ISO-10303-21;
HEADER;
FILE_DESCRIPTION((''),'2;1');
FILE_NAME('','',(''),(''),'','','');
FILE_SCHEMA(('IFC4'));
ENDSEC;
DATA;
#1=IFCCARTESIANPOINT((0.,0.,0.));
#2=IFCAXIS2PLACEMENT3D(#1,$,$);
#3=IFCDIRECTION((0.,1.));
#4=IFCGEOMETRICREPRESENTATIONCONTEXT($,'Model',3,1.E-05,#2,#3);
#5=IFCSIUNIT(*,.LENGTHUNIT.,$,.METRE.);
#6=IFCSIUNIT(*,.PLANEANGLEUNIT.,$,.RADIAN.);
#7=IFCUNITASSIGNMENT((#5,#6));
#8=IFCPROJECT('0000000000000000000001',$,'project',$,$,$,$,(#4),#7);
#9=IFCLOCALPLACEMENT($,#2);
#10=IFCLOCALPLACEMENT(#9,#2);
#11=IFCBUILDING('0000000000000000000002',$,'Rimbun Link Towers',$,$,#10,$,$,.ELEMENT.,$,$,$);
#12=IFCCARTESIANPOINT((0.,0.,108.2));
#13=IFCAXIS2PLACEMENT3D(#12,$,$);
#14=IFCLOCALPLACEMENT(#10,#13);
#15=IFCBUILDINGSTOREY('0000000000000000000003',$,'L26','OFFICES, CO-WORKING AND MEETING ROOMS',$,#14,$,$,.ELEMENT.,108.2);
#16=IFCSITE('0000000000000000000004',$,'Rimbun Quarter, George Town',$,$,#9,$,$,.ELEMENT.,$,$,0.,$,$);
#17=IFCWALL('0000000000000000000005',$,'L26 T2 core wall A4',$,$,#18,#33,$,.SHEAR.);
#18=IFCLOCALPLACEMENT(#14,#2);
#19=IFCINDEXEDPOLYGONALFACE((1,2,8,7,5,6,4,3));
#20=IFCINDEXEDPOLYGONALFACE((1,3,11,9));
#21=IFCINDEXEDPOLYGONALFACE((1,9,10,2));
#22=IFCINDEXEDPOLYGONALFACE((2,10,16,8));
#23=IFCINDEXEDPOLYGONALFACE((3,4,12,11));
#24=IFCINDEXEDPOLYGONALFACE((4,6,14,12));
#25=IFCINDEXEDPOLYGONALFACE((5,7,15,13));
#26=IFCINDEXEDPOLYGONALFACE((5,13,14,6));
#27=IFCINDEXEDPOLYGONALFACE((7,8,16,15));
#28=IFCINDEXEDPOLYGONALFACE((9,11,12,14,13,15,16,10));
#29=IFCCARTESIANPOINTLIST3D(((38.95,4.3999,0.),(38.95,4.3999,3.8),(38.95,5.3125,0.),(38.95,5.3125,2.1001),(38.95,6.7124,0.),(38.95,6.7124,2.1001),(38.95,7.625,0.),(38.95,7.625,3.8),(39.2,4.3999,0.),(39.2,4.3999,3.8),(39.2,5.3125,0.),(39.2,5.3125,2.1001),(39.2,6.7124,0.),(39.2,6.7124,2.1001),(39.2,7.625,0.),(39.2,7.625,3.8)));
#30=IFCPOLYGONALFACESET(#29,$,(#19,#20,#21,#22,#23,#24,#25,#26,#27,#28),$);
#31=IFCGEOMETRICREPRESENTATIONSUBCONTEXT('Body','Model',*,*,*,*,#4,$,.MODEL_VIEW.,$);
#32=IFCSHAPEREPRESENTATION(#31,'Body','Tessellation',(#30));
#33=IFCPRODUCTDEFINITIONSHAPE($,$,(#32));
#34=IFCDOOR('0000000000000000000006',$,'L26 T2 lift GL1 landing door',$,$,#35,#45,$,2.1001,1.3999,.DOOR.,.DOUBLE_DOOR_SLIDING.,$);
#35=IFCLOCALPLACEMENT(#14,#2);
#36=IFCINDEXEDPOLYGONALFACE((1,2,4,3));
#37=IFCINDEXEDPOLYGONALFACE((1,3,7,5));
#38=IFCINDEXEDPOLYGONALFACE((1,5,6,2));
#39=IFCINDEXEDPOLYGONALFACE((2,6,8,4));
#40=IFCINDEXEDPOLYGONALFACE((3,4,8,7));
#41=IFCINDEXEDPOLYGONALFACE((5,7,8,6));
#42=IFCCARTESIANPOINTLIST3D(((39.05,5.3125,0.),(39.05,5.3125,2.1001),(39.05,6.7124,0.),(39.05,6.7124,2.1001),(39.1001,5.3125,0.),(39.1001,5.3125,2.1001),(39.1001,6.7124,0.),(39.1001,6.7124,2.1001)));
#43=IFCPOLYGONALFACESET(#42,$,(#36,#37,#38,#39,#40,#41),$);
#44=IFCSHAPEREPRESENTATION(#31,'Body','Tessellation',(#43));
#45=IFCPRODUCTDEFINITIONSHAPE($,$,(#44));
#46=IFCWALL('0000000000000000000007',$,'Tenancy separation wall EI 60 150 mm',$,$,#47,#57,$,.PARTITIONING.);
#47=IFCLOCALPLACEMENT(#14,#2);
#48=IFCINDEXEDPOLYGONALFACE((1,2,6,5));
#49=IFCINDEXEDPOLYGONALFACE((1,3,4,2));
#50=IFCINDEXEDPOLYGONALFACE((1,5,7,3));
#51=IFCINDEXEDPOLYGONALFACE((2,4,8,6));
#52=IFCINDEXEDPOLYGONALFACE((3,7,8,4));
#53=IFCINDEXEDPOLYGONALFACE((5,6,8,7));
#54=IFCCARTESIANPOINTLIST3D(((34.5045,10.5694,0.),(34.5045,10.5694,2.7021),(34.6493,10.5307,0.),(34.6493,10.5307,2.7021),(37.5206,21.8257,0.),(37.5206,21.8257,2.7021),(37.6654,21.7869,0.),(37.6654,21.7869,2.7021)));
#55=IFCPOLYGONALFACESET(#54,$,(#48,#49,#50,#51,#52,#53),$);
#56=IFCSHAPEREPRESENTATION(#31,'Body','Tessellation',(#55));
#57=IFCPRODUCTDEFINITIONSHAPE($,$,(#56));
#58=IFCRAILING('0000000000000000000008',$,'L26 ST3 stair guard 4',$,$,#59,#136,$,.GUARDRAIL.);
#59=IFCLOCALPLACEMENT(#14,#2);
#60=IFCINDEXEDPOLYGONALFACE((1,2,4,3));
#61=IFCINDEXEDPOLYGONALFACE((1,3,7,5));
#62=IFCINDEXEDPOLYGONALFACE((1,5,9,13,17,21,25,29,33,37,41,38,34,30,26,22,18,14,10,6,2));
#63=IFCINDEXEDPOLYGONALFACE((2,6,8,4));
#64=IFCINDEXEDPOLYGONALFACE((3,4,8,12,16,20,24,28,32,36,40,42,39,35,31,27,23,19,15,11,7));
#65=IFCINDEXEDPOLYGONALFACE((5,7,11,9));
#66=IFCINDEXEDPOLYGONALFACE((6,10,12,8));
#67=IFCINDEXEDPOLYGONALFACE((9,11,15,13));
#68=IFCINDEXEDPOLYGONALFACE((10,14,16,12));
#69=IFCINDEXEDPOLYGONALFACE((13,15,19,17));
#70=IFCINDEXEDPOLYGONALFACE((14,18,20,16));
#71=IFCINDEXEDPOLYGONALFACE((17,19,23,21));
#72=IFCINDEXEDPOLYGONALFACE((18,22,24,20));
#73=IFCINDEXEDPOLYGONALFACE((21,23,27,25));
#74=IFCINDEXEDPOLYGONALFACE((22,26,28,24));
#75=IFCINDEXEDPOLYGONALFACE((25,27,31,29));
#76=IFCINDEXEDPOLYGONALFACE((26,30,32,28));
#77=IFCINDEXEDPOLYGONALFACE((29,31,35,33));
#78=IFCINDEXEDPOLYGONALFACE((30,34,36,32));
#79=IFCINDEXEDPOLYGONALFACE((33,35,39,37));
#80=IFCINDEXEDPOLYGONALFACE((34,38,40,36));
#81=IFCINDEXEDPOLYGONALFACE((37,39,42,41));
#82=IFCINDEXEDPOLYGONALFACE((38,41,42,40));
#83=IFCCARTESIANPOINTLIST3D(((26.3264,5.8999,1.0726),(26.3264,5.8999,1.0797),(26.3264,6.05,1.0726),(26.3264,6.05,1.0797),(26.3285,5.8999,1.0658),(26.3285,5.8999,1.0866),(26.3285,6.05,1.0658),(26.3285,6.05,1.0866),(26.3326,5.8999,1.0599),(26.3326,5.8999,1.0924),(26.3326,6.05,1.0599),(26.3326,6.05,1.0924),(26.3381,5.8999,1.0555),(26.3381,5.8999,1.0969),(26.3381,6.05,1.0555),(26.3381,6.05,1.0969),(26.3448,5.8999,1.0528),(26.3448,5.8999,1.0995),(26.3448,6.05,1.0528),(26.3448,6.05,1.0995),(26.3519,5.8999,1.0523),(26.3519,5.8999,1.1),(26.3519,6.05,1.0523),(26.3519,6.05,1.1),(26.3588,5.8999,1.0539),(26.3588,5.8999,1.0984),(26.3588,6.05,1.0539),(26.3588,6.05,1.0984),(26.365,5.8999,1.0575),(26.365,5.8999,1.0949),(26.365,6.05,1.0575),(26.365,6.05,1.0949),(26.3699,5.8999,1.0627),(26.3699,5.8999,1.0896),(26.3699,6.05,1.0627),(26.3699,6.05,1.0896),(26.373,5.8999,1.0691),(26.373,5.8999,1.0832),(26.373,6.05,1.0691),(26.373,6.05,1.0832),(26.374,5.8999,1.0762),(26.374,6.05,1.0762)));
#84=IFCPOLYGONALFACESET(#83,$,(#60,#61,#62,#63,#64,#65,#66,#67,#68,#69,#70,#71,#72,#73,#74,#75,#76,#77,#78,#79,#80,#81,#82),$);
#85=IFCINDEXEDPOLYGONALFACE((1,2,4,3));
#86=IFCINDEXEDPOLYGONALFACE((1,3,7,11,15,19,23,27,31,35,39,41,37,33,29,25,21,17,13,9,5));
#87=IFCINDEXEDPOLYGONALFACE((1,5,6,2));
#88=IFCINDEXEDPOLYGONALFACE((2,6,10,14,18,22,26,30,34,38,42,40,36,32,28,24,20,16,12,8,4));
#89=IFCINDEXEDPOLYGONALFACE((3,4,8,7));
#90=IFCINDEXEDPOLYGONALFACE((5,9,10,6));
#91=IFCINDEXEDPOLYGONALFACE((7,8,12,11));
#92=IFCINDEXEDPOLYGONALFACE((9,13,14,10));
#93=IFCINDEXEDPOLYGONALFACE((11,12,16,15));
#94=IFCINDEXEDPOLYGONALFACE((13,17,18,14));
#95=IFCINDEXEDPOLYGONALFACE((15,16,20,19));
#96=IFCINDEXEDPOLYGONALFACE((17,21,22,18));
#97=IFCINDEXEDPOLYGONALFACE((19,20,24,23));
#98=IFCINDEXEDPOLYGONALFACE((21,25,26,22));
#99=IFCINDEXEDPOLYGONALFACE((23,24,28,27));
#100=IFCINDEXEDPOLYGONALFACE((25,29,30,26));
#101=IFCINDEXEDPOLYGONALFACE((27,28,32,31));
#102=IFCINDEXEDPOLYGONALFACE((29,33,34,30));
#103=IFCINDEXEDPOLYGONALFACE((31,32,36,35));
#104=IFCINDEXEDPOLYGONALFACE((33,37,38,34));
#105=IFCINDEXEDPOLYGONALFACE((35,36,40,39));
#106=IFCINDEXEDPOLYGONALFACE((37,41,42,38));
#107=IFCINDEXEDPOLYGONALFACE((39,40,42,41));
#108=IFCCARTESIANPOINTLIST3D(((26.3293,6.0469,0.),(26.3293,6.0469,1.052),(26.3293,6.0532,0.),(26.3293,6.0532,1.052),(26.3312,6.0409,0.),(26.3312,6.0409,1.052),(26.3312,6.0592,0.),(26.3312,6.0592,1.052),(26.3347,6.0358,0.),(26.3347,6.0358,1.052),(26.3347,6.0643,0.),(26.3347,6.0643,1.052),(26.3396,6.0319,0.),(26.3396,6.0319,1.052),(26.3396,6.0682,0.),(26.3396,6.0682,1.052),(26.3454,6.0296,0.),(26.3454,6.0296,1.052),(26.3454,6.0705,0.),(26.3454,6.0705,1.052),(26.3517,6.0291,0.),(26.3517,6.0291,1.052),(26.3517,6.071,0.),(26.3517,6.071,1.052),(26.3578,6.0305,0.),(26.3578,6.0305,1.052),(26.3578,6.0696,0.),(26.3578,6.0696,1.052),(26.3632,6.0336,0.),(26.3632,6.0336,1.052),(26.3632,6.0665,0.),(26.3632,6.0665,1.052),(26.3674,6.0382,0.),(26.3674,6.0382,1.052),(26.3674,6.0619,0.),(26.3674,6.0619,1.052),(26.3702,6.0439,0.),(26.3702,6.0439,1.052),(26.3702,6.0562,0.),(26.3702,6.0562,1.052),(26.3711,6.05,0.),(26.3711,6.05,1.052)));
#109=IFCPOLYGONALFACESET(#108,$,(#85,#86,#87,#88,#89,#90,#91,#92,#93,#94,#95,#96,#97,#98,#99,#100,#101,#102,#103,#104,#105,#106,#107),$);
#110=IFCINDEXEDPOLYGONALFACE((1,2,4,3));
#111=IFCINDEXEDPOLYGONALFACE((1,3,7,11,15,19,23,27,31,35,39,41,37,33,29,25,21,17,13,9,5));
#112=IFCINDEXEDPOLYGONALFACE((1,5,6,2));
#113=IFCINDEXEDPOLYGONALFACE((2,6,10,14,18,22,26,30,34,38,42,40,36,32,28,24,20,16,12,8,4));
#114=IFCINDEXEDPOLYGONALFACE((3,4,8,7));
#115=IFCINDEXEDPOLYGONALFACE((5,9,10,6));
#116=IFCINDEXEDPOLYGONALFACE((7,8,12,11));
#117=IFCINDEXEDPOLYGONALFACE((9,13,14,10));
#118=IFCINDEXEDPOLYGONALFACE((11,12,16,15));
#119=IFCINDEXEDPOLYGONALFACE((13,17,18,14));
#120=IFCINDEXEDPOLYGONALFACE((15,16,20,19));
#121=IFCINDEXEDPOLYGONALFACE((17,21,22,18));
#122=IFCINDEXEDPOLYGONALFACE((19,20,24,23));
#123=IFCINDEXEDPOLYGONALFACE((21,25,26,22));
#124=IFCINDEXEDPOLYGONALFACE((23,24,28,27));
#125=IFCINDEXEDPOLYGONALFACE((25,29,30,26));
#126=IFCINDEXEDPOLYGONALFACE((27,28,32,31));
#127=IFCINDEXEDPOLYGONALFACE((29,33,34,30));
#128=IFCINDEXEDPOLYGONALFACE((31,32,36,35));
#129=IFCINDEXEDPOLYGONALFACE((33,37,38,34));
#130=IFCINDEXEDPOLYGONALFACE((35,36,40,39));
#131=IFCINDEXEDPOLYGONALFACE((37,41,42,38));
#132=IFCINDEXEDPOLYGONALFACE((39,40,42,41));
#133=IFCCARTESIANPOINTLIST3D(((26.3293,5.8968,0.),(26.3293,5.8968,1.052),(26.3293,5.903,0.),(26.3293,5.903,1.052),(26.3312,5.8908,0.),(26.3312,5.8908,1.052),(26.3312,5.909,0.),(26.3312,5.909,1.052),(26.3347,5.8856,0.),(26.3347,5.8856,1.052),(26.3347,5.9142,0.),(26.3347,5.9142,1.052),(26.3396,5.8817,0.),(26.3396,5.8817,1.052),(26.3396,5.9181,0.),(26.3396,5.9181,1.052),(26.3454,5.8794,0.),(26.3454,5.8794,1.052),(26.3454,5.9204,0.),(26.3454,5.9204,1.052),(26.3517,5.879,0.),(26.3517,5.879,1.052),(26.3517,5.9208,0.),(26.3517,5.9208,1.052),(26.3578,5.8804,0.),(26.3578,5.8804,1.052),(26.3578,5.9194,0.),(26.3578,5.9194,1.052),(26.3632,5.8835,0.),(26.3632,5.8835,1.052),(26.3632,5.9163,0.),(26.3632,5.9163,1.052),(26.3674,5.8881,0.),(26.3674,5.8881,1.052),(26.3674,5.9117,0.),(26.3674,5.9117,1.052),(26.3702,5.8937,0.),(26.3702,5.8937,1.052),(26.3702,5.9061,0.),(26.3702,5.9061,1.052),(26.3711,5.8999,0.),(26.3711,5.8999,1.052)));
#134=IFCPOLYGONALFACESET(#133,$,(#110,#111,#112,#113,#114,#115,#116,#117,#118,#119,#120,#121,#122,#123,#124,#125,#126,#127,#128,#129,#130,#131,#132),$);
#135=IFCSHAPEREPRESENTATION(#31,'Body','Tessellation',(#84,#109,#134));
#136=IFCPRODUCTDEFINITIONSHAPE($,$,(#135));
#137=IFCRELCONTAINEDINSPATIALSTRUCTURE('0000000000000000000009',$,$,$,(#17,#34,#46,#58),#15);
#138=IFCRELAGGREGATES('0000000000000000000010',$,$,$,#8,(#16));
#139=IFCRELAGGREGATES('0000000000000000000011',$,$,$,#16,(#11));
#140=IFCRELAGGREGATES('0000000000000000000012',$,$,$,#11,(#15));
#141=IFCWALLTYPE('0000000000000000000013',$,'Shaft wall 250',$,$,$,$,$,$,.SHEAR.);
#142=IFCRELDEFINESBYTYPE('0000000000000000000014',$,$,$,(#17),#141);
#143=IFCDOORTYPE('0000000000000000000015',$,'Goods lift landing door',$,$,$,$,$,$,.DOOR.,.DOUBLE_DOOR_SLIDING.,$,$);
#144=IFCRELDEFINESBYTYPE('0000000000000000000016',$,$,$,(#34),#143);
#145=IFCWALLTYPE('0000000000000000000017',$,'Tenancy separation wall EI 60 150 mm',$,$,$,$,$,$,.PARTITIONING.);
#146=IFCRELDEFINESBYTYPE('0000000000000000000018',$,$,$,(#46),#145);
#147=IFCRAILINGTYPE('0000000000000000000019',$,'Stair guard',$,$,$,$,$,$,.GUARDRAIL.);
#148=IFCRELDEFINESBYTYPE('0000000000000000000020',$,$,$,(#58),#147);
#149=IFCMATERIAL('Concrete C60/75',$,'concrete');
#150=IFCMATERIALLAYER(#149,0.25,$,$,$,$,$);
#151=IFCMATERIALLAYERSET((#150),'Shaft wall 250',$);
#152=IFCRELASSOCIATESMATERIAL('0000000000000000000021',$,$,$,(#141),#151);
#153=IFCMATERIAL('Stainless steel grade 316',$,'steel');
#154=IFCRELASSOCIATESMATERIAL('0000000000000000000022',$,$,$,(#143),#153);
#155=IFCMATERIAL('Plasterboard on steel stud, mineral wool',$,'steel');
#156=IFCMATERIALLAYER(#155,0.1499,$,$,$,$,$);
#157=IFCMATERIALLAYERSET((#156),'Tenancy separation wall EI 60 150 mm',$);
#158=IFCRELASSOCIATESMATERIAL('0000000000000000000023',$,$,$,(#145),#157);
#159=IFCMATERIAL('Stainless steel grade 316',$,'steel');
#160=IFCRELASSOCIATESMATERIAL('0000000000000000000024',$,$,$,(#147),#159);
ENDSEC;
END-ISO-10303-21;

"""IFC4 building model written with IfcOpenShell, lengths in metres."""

from ifc_helpers import new_model, si_unit, direction, frame, frame_2d, origin, origin_2d, place, context, subcontext, project, spatial, rectangle, circle, extrude, material, layer, layer_set, type_object, element, fill, save


model = new_model("IFC4")

# Units and contexts
model_context = context("Model", 3, precision=1e-05, world=origin(), true_north=direction((0.0, 1.0)))
body_context = subcontext(model_context, "Body", "Model", "MODEL_VIEW")
ifc_project = project(units=[si_unit("LENGTHUNIT", "METRE"), si_unit("PLANEANGLEUNIT", "RADIAN")], contexts=[model_context])

# Site, building, storey
site_placement = place(None, origin())
site = spatial("IfcSite", under=ifc_project, at=site_placement, Name="Rimbun Quarter, George Town", CompositionType="ELEMENT", RefElevation=0.0)
building_placement = place(site_placement, origin())
building = spatial("IfcBuilding", under=site, at=building_placement, Name="Rimbun Link Towers", CompositionType="ELEMENT")
storey_placement = place(building_placement, frame((0.0, 0.0, 108.2)))
storey = spatial("IfcBuildingStorey", under=building, at=storey_placement, Name="L26", Description="OFFICES, CO-WORKING AND MEETING ROOMS", CompositionType="ELEMENT", Elevation=108.2)

# Shared definitions
ifc_material_1 = material(Name="Concrete C60/75", Category="concrete")
ifc_layer_1 = layer(ifc_material_1, 0.25)
ifc_layer_set_1 = layer_set([ifc_layer_1], Name="Shaft wall 250")
wall_type_1 = type_object("IfcWallType", Name="Shaft wall 250", PredefinedType="SHEAR", material=ifc_layer_set_1)

# Wall, opening, door
wall_1_placement = place(storey_placement, frame((39.075, 4.3999, 0.0), z_axis=(0.0, 0.0, 1.0), x_axis=(0.0, 1.0, 0.0)))
wall_1 = element("IfcWall", 1, at=wall_1_placement, inside=storey, type_object=wall_type_1, Name="L26 T2 core wall A4", PredefinedType="SHEAR", context=body_context, shape_type="SweptSolid", body=[
    extrude(rectangle(XDim=3.2251, YDim=0.25, at=frame_2d((1.6125, 0.0))), origin(), (0.0, 0.0, 1.0), 3.8),
])
opening_1_placement = place(wall_1_placement, frame((0.9126, 0.0, 0.0)))
opening_1 = element("IfcOpeningElement", 2, at=opening_1_placement, cuts=wall_1, PredefinedType="OPENING", context=body_context, shape_type="SweptSolid", body=[
    extrude(rectangle(XDim=1.3999, YDim=2.1001, at=frame_2d((0.7, 1.05))), frame((0.0, 0.135, 0.0), z_axis=(0.0, -1.0, 0.0), x_axis=(1.0, 0.0, 0.0)), (0.0, 0.0, 1.0), 0.27),
])
ifc_material_2 = material(Name="Stainless steel grade 316", Category="steel")
door_type_1 = type_object("IfcDoorType", Name="Goods lift landing door", OperationType="DOUBLE_DOOR_SLIDING", PredefinedType="DOOR", material=ifc_material_2)
door_1_placement = place(opening_1_placement, origin())
door_1 = element("IfcDoor", 3, at=door_1_placement, inside=storey, type_object=door_type_1, Name="L26 T2 lift GL1 landing door", OperationType="DOUBLE_DOOR_SLIDING", OverallHeight=2.1001, OverallWidth=1.3999, PredefinedType="DOOR", context=body_context, shape_type="SweptSolid", body=[
    extrude(rectangle(XDim=1.3999, YDim=2.1001, at=frame_2d((0.7, 1.05))), frame((0.0, 0.0249, 0.0), z_axis=(0.0, -1.0, 0.0), x_axis=(1.0, 0.0, 0.0)), (0.0, 0.0, 1.0), 0.05),
])
fill(opening_1, door_1)

# Wall
ifc_material_3 = material(Name="Plasterboard on steel stud, mineral wool", Category="steel")
ifc_layer_2 = layer(ifc_material_3, 0.1499)
ifc_layer_set_2 = layer_set([ifc_layer_2], Name="Tenancy separation wall EI 60 150 mm")
wall_type_2 = type_object("IfcWallType", Name="Tenancy separation wall EI 60 150 mm", PredefinedType="PARTITIONING", material=ifc_layer_set_2)
wall_2_placement = place(storey_placement, frame((34.5769, 10.55, 0.0), z_axis=(0.0, 0.0, 1.0), x_axis=(0.258818, 0.965926, 0.0)))
element("IfcWall", 4, at=wall_2_placement, inside=storey, type_object=wall_type_2, Name="Tenancy separation wall EI 60 150 mm", PredefinedType="PARTITIONING", context=body_context, shape_type="SweptSolid", body=[
    extrude(rectangle(XDim=11.6533, YDim=0.1499, at=frame_2d((5.8267, 0.0))), origin(), (0.0, 0.0, 1.0), 2.7021),
])

# Railing
ifc_material_4 = material(Name="Stainless steel grade 316", Category="steel")
railing_type = type_object("IfcRailingType", Name="Stair guard", PredefinedType="GUARDRAIL", material=ifc_material_4)
railing_placement = place(storey_placement, frame((26.3501, 6.05, 0.0)))
element("IfcRailing", 5, at=railing_placement, inside=storey, type_object=railing_type, Name="L26 ST3 stair guard 4", PredefinedType="GUARDRAIL", context=body_context, shape_type="SweptSolid", body=[
    extrude(circle(Radius=0.0239, at=origin_2d()), frame((0.0, 0.0, 1.0762), z_axis=(0.0, -1.0, 0.0), x_axis=(1.0, 0.0, 0.0)), (0.0, 0.0, 1.0), 0.1501),
    extrude(circle(Radius=0.021, at=origin_2d()), origin(), (0.0, 0.0, 1.0), 1.052),
    extrude(circle(Radius=0.021, at=origin_2d()), frame((0.0, -0.1501, 0.0)), (0.0, 0.0, 1.0), 1.052),
])

save(model, "model.ifc")
